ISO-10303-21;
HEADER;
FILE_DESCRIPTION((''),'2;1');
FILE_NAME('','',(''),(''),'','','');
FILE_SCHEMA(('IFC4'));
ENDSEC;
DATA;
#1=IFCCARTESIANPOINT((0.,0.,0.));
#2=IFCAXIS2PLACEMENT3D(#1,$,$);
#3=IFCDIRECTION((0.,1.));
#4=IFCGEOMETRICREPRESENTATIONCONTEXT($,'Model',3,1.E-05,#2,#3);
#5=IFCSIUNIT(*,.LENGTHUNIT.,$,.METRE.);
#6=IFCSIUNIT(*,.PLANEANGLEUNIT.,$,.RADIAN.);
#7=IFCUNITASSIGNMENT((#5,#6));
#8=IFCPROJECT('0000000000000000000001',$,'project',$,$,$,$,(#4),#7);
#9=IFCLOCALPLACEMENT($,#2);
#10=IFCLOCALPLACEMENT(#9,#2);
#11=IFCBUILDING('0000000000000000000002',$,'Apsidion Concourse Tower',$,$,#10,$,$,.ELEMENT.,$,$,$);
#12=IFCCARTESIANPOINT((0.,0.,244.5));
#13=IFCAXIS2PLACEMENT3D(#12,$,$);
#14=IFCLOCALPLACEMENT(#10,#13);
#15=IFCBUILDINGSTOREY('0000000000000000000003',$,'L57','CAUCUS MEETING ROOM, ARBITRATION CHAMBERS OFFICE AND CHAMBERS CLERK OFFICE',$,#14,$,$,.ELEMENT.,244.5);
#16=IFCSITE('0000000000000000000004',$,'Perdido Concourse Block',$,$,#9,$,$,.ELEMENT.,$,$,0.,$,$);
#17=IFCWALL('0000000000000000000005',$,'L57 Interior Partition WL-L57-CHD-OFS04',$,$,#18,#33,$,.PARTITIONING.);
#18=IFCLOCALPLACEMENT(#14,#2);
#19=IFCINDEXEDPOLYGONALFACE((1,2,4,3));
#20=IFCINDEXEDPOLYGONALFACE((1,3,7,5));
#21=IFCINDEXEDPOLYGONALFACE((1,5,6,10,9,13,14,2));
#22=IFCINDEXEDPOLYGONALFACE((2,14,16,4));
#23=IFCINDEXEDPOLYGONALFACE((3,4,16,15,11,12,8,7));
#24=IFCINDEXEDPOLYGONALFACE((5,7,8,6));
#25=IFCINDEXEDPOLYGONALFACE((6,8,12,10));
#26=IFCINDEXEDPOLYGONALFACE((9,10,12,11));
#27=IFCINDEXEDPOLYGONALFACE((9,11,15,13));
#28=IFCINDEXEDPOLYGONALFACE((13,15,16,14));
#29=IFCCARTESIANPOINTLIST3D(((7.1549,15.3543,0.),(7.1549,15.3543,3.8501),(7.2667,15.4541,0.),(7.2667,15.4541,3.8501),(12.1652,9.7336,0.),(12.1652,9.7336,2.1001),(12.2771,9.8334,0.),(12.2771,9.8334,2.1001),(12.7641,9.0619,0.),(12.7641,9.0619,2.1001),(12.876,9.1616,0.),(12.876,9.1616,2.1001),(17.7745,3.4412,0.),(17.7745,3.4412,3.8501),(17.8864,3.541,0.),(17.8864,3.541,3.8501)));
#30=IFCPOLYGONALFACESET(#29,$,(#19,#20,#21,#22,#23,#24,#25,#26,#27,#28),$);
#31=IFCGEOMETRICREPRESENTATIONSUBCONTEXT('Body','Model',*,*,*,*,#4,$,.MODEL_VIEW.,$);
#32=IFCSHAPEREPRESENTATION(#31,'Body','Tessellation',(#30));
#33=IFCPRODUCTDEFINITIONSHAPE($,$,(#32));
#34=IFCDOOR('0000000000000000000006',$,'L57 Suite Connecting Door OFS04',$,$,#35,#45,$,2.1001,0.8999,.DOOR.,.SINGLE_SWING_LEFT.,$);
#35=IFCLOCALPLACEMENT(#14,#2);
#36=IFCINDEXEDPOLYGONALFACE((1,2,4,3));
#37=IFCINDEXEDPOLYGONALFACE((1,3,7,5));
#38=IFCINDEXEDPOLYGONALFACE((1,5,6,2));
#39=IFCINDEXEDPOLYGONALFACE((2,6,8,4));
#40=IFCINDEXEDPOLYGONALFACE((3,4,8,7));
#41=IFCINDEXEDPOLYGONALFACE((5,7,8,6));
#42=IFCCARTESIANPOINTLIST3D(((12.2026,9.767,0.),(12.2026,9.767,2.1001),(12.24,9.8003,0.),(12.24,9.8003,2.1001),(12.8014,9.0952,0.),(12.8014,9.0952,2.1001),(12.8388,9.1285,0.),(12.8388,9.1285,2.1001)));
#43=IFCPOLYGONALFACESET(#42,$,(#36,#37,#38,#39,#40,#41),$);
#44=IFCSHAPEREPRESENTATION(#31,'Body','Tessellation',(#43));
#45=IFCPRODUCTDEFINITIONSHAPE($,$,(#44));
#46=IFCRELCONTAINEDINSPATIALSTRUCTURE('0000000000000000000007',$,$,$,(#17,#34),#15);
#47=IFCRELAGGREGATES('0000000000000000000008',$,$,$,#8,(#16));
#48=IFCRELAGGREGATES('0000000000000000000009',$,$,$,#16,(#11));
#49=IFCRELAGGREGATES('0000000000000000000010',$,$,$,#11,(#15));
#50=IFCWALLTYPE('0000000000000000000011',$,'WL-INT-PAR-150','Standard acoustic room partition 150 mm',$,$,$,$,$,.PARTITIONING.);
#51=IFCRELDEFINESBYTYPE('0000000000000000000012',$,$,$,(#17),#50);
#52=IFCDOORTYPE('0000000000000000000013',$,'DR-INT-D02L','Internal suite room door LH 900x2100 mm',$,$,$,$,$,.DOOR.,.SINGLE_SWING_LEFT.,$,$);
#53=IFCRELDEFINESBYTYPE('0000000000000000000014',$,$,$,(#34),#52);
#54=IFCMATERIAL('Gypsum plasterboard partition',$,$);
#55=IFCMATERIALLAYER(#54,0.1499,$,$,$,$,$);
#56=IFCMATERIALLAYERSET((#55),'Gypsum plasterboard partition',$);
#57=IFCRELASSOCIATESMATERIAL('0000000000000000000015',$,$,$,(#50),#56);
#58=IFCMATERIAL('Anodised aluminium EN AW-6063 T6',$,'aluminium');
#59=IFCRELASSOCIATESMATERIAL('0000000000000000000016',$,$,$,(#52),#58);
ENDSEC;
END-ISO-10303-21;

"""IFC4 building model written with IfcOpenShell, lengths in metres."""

from ifc_helpers import new_model, si_unit, direction, frame, frame_2d, origin, place, context, subcontext, project, spatial, rectangle, extrude, material, layer, layer_set, type_object, element, fill, save


model = new_model("IFC4")

# Units and contexts
model_context = context("Model", 3, precision=1e-05, world=origin(), true_north=direction((0.0, 1.0)))
body_context = subcontext(model_context, "Body", "Model", "MODEL_VIEW")
ifc_project = project(units=[si_unit("LENGTHUNIT", "METRE"), si_unit("PLANEANGLEUNIT", "RADIAN")], contexts=[model_context])

# Site, building, storey
site_placement = place(None, origin())
site = spatial("IfcSite", under=ifc_project, at=site_placement, Name="Perdido Concourse Block", CompositionType="ELEMENT", RefElevation=0.0)
building_placement = place(site_placement, origin())
building = spatial("IfcBuilding", under=site, at=building_placement, Name="Apsidion Concourse Tower", CompositionType="ELEMENT")
storey_placement = place(building_placement, frame((0.0, 0.0, 244.5)))
storey = spatial("IfcBuildingStorey", under=building, at=storey_placement, Name="L57", Description="CAUCUS MEETING ROOM, ARBITRATION CHAMBERS OFFICE AND CHAMBERS CLERK OFFICE", CompositionType="ELEMENT", Elevation=244.5)

# Shared definitions
ifc_material_1 = material(Name="Anodised aluminium EN AW-6063 T6", Category="aluminium")

# Wall, opening, door
ifc_material_2 = material(Name="Gypsum plasterboard partition")
ifc_layer_1 = layer(ifc_material_2, 0.1499)
ifc_layer_set_1 = layer_set([ifc_layer_1], Name="Gypsum plasterboard partition")
wall_type_1 = type_object("IfcWallType", Name="WL-INT-PAR-150", Description="Standard acoustic room partition 150 mm", PredefinedType="PARTITIONING", material=ifc_layer_set_1)
wall_1_placement = place(storey_placement, frame((17.8303, 3.4912, 0.0), z_axis=(0.0, 0.0, 1.0), x_axis=(-0.665421, 0.746468, 0.0)))
wall_1 = element("IfcWall", 1, at=wall_1_placement, inside=storey, type_object=wall_type_1, Name="L57 Interior Partition WL-L57-CHD-OFS04", PredefinedType="PARTITIONING", context=body_context, shape_type="SweptSolid", body=[
    extrude(rectangle(XDim=15.9592, YDim=0.1499, at=frame_2d((7.9795, 0.0))), origin(), (0.0, 0.0, 1.0), 3.8501),
])
opening_1_placement = place(wall_1_placement, frame((7.5295, 0.0, 0.0)))
opening_1 = element("IfcOpeningElement", 2, at=opening_1_placement, cuts=wall_1, PredefinedType="OPENING", context=body_context, shape_type="SweptSolid", body=[
    extrude(rectangle(XDim=0.8999, YDim=2.1001, at=frame_2d((0.45, 1.05))), frame((0.0, 0.085, 0.0), z_axis=(0.0, -1.0, 0.0), x_axis=(1.0, 0.0, 0.0)), (0.0, 0.0, 1.0), 0.1699),
])
door_type_1 = type_object("IfcDoorType", Name="DR-INT-D02L", Description="Internal suite room door LH 900x2100 mm", OperationType="SINGLE_SWING_LEFT", PredefinedType="DOOR", material=ifc_material_1)
door_1_placement = place(opening_1_placement, origin())
door_1 = element("IfcDoor", 3, at=door_1_placement, inside=storey, type_object=door_type_1, Name="L57 Suite Connecting Door OFS04", OperationType="SINGLE_SWING_LEFT", OverallHeight=2.1001, OverallWidth=0.8999, PredefinedType="DOOR", context=body_context, shape_type="SweptSolid", body=[
    extrude(rectangle(XDim=0.8999, YDim=2.1001, at=frame_2d((0.45, 1.05))), frame((0.0, 0.0249, 0.0), z_axis=(0.0, -1.0, 0.0), x_axis=(1.0, 0.0, 0.0)), (0.0, 0.0, 1.0), 0.05),
])
fill(opening_1, door_1)

save(model, "model.ifc")
